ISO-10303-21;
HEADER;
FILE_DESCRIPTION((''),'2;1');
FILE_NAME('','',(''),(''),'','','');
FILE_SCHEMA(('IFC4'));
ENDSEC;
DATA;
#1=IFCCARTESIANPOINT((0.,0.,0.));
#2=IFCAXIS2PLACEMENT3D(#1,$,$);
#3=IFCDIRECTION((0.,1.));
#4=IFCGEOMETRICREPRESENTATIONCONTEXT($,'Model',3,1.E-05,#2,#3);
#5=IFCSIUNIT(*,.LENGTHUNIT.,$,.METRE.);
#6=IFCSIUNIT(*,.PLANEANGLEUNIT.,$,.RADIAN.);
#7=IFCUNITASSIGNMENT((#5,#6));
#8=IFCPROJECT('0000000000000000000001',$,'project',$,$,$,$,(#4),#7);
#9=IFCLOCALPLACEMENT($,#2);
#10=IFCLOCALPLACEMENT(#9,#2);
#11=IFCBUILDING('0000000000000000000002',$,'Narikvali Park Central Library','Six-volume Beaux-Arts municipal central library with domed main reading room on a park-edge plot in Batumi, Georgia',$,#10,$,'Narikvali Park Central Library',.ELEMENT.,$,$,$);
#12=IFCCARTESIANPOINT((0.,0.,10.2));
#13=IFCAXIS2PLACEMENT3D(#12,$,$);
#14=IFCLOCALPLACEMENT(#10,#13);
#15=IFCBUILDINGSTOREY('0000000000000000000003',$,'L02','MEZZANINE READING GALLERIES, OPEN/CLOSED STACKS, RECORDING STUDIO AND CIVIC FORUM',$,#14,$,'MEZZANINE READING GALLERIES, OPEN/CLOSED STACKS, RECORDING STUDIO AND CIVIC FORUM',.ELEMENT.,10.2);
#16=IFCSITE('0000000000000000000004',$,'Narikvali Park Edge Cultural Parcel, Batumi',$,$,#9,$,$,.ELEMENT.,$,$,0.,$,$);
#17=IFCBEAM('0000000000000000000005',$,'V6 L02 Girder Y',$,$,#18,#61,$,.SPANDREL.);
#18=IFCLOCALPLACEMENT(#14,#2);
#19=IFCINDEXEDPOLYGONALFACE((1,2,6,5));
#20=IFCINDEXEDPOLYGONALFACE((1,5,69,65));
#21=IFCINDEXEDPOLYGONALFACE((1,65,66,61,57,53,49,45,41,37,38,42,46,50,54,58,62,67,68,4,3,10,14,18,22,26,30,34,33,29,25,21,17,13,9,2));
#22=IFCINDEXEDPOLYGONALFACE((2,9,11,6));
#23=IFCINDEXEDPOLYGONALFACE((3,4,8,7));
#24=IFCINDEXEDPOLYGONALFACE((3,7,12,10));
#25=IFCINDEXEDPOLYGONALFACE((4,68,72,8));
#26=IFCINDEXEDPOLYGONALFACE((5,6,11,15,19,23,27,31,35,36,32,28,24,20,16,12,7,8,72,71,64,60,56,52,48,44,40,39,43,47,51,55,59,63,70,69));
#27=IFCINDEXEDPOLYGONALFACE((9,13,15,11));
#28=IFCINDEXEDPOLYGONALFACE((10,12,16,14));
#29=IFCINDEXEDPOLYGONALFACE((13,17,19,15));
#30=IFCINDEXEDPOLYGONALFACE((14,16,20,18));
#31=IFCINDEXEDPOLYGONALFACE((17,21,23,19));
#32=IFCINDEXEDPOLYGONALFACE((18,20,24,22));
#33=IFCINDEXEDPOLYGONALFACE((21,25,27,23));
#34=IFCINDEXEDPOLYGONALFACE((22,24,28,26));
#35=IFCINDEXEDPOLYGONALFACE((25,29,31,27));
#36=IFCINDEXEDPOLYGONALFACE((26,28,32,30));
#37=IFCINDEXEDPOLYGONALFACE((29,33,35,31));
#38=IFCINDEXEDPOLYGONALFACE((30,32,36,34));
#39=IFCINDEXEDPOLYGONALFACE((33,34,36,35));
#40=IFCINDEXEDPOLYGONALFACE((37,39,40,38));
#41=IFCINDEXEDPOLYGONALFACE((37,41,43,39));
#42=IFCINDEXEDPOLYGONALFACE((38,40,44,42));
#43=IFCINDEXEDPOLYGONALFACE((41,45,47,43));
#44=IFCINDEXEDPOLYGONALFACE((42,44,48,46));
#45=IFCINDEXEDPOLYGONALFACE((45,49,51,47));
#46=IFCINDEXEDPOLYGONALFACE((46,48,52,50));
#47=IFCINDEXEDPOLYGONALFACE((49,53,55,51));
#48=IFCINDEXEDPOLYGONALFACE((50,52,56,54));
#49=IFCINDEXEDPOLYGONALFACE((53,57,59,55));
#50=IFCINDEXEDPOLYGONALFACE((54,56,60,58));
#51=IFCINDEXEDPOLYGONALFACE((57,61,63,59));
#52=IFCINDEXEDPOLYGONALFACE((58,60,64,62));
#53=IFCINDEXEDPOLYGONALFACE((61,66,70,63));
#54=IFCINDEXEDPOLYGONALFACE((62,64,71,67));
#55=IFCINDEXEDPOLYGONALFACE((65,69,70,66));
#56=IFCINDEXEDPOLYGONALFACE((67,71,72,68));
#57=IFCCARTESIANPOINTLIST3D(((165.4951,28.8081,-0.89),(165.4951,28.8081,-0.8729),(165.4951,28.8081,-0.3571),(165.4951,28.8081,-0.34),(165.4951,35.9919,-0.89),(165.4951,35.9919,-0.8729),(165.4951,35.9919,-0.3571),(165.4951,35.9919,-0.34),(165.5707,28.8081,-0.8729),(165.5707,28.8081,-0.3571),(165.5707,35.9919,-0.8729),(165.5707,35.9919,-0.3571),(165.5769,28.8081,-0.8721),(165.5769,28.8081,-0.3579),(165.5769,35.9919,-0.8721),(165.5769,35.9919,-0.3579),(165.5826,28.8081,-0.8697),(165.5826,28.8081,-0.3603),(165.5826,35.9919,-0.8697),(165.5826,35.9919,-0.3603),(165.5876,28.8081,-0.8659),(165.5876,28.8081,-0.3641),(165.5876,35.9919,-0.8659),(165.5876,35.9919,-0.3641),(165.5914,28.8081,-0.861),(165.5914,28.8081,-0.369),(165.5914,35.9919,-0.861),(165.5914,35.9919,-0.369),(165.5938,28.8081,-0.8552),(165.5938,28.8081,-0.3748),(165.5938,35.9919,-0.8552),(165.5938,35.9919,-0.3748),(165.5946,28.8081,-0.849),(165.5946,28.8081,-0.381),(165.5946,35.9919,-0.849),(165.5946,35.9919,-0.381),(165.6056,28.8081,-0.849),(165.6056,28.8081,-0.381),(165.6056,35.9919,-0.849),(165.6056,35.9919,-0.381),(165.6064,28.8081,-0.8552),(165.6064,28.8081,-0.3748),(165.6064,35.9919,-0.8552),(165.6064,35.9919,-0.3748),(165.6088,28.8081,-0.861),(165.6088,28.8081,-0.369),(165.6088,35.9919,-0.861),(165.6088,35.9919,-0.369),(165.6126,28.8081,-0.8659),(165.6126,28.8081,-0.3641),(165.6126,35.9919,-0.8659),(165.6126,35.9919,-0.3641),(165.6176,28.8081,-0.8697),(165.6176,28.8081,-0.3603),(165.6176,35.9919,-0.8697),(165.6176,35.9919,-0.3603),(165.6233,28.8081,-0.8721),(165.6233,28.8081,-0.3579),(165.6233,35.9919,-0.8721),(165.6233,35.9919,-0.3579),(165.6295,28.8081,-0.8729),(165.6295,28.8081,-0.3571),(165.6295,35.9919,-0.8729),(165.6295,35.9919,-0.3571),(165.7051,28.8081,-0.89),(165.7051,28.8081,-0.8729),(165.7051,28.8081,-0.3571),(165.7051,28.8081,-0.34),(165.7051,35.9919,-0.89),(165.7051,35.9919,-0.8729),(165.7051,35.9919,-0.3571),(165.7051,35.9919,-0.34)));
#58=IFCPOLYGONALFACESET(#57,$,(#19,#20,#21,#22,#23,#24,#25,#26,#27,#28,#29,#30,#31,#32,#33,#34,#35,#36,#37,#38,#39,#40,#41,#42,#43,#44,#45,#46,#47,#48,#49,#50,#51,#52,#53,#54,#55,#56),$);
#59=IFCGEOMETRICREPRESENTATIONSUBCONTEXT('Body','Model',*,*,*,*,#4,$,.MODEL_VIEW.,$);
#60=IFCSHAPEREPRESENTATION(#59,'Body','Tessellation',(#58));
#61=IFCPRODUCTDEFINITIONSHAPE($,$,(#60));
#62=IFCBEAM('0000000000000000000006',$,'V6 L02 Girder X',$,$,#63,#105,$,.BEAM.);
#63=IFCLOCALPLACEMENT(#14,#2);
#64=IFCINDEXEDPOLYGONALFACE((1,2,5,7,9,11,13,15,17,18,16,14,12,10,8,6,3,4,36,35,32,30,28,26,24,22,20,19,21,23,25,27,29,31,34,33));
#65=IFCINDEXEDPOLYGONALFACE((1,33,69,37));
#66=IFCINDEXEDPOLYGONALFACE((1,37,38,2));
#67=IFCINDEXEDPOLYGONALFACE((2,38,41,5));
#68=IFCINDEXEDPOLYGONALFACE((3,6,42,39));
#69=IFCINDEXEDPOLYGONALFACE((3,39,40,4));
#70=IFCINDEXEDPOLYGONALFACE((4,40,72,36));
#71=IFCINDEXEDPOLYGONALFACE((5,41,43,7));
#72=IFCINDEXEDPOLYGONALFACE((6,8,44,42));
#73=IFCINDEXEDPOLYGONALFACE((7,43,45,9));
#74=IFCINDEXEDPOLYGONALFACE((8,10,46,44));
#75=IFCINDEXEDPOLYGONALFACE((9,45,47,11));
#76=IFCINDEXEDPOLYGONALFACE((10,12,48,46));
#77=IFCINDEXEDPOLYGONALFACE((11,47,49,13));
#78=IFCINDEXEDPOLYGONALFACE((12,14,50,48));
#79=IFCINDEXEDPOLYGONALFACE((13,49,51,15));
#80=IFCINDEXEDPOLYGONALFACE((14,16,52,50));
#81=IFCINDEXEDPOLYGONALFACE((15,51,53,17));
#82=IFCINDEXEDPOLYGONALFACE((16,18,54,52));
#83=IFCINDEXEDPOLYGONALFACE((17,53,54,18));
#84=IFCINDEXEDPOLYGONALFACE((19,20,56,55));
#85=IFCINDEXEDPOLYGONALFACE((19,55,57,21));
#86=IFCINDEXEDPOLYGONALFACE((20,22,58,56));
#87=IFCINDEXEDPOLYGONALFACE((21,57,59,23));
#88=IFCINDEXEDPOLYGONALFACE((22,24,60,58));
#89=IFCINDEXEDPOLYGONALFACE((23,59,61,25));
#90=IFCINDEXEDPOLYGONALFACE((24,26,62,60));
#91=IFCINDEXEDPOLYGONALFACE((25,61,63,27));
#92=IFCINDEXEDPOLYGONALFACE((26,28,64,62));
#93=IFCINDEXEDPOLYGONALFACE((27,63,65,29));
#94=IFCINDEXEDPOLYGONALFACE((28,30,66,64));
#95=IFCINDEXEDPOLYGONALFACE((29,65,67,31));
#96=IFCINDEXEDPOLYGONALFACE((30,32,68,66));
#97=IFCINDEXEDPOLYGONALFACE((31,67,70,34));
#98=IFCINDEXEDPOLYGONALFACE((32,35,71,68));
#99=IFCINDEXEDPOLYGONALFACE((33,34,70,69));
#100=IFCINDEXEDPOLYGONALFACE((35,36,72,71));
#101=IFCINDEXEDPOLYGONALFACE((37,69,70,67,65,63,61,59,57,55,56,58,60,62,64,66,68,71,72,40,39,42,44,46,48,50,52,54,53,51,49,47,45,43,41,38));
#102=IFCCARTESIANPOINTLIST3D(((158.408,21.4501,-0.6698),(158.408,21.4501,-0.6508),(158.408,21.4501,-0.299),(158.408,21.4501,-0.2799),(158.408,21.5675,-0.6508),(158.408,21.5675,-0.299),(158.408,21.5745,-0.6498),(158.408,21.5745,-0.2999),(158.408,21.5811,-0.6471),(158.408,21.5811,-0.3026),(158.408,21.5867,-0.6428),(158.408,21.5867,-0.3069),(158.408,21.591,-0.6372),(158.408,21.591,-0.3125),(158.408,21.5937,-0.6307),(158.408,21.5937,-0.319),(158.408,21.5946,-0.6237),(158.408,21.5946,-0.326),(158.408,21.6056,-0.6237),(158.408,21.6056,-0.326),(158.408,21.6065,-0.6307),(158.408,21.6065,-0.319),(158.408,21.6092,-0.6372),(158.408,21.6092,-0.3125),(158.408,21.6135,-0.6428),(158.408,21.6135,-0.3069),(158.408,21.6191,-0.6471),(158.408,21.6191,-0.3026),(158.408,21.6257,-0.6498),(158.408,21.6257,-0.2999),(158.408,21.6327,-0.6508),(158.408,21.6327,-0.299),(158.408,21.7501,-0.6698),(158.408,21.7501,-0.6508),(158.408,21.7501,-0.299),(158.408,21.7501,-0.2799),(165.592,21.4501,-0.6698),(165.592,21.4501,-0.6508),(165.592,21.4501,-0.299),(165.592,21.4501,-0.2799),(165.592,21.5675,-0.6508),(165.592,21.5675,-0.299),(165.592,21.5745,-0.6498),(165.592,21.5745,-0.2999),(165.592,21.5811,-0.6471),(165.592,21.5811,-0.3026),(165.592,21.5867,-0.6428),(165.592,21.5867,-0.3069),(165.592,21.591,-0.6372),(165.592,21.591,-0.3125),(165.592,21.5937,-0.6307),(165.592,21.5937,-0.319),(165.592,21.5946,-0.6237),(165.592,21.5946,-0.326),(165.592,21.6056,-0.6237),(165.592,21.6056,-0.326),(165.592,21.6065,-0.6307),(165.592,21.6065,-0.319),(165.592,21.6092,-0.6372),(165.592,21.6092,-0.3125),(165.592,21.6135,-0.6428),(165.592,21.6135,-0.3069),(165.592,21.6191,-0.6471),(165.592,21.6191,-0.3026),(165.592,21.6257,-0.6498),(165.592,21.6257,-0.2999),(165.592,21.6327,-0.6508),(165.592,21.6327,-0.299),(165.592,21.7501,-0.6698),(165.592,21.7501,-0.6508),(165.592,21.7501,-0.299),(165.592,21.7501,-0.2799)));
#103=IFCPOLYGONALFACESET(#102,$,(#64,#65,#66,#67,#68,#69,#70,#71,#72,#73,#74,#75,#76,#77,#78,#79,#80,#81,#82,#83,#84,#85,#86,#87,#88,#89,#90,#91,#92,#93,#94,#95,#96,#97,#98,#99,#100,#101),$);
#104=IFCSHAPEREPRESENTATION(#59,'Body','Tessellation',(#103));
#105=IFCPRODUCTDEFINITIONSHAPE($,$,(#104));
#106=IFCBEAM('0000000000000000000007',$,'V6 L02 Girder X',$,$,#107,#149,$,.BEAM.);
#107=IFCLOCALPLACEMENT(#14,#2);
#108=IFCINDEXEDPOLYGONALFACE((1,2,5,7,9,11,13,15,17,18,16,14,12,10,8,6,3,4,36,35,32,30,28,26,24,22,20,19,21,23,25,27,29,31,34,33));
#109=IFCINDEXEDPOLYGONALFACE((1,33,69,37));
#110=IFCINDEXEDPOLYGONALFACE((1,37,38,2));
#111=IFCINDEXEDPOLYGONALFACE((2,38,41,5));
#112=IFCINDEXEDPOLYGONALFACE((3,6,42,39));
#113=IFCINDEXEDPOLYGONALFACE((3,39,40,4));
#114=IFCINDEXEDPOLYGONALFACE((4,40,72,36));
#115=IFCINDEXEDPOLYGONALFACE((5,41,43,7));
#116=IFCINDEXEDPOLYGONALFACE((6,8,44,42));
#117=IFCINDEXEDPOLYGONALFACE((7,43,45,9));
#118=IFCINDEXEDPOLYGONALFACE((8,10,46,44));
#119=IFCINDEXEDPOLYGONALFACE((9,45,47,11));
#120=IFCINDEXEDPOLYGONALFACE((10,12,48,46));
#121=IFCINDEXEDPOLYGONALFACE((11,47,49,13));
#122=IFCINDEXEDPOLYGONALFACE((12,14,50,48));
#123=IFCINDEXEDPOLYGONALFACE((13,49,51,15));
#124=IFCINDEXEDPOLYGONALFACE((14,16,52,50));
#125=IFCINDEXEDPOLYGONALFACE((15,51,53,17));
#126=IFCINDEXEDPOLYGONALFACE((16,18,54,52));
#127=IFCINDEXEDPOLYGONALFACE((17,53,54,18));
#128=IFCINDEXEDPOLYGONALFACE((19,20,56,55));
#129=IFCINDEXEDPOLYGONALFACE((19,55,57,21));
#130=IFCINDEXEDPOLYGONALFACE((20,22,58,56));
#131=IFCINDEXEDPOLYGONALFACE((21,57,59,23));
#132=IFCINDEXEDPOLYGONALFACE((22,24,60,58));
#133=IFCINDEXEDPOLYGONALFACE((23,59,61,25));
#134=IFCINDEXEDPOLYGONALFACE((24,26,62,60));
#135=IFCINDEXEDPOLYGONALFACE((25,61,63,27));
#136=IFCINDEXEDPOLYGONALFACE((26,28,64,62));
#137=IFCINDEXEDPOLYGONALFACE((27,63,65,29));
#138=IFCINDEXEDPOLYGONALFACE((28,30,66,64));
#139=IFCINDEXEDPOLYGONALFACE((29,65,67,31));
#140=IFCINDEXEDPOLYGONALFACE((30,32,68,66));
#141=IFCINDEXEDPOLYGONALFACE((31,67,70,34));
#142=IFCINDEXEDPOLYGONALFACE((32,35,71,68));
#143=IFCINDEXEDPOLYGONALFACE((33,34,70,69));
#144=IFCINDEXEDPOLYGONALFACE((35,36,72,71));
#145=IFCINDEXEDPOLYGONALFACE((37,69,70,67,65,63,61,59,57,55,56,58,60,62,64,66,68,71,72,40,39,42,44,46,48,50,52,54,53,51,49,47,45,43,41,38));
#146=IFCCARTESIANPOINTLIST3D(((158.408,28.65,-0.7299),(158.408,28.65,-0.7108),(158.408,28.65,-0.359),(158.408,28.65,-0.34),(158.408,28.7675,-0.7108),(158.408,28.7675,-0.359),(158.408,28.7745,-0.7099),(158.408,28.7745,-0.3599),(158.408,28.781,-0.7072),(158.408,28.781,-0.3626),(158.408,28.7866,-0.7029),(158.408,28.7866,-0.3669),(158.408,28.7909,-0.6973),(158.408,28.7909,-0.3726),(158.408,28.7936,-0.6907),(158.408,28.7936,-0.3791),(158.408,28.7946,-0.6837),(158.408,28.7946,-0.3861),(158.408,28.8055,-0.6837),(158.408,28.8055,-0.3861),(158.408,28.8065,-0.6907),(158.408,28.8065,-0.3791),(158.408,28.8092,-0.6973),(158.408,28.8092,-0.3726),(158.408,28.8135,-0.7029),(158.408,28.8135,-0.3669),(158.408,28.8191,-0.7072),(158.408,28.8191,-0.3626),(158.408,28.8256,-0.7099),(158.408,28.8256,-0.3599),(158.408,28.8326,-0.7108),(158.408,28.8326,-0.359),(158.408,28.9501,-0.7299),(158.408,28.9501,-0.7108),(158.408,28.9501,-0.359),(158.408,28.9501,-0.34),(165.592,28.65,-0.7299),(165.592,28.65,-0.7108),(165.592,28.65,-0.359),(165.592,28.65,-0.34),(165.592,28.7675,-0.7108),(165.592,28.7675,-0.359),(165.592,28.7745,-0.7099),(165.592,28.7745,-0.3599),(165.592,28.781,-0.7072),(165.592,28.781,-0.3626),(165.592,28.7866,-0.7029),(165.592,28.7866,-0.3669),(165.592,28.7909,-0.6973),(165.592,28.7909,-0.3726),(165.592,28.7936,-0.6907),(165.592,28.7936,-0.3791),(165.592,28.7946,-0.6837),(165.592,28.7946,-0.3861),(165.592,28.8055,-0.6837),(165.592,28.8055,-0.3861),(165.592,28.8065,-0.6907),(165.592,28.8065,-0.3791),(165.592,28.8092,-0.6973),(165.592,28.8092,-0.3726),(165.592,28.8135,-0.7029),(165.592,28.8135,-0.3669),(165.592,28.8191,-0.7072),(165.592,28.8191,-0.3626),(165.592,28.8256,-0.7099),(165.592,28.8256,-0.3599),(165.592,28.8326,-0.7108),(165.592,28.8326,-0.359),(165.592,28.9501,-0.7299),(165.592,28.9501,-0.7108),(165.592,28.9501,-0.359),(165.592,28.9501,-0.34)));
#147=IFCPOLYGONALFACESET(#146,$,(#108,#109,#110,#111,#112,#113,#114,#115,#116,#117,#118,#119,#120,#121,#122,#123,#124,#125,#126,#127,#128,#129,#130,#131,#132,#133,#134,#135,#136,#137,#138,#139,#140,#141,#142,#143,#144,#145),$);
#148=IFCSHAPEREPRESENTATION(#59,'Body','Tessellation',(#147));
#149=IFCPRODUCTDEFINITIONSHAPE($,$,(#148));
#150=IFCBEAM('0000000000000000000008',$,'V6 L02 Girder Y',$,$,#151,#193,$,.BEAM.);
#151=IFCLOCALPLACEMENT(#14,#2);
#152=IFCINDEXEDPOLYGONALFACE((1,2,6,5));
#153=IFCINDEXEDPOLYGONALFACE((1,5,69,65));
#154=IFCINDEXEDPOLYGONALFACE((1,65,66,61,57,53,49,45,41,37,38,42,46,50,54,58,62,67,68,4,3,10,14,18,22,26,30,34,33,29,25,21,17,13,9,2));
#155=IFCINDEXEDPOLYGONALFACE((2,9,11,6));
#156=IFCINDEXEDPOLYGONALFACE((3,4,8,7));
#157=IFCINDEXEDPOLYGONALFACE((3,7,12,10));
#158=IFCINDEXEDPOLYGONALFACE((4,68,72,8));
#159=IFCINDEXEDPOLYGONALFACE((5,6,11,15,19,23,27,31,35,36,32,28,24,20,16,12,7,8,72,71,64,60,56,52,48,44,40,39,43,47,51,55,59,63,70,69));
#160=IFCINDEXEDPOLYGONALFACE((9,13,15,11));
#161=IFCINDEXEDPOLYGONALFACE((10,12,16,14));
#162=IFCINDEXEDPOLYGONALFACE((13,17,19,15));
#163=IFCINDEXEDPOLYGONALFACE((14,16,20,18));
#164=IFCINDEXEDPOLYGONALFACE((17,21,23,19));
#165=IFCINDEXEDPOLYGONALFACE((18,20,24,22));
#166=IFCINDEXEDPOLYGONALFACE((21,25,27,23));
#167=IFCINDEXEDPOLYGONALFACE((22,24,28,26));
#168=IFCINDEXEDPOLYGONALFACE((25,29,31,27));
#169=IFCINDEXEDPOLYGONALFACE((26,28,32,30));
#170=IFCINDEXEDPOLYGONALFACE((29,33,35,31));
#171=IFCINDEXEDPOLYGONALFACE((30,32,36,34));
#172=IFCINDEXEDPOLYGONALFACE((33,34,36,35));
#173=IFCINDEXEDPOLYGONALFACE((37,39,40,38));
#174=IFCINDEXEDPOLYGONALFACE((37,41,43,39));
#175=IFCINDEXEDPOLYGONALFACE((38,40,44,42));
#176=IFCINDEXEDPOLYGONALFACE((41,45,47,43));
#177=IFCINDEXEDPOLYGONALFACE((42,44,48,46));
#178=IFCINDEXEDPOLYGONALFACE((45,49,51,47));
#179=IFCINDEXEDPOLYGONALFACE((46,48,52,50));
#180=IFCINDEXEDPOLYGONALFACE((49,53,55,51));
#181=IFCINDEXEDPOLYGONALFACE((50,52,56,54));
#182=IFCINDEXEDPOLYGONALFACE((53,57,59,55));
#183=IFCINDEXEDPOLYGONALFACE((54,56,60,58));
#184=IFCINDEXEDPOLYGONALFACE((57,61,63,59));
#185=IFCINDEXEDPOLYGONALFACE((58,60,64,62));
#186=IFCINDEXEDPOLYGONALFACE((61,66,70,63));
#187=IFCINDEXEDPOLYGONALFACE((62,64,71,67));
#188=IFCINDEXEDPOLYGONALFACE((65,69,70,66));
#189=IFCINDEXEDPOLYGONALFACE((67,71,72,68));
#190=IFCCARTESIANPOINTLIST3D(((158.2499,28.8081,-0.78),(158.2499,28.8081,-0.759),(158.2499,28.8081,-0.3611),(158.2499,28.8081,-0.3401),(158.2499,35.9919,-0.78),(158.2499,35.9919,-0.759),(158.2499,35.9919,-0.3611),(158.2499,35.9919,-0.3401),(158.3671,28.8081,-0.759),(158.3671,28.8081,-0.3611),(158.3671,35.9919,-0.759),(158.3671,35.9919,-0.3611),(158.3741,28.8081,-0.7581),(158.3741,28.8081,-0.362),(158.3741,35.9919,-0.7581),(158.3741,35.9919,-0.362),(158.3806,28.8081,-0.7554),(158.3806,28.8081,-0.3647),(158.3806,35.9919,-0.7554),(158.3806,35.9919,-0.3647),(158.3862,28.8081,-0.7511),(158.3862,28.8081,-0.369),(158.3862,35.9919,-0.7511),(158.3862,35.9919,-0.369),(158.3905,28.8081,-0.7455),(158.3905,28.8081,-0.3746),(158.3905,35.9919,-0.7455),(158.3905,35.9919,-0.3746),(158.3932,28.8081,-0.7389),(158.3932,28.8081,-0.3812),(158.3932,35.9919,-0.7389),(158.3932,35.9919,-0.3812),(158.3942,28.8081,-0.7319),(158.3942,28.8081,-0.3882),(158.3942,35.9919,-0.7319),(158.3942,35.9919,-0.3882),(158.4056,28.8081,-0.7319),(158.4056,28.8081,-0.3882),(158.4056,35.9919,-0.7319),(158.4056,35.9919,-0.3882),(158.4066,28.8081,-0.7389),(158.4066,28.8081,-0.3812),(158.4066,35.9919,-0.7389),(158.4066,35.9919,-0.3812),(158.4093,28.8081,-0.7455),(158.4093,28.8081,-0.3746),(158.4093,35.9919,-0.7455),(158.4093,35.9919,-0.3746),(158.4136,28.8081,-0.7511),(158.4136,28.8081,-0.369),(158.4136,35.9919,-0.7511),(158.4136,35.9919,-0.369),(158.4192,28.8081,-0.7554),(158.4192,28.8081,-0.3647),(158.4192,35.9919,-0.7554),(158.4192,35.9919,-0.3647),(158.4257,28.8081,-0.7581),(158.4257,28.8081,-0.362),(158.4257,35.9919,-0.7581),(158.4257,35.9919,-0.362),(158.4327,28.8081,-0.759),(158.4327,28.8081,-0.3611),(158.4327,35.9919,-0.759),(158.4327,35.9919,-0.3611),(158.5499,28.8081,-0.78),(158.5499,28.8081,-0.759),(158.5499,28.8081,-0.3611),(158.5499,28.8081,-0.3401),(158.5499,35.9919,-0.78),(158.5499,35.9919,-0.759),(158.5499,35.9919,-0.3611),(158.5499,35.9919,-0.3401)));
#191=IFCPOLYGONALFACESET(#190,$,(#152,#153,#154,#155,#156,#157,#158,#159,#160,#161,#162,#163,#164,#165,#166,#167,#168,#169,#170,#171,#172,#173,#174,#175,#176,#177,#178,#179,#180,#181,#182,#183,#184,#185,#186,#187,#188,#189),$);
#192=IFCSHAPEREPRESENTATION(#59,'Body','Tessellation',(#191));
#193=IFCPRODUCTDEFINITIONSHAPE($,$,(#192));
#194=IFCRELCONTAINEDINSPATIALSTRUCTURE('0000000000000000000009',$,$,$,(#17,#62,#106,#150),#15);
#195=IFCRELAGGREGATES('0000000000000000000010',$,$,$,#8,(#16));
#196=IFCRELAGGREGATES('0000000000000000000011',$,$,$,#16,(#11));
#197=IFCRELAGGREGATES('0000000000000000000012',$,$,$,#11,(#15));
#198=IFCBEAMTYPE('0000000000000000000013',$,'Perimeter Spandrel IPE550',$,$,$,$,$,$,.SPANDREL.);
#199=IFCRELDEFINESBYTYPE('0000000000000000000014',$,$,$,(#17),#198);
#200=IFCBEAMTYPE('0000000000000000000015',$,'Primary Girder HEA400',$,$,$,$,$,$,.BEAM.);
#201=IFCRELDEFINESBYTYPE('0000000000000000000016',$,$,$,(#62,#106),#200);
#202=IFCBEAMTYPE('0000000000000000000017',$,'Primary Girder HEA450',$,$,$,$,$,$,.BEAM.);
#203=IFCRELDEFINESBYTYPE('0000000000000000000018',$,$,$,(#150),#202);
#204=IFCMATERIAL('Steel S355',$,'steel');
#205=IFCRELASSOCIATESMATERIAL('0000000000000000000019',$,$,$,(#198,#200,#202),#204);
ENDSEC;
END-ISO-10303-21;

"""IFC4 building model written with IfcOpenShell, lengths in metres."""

from ifc_helpers import new_model, si_unit, direction, frame, origin, origin_2d, place, context, subcontext, project, spatial, i_section, extrude, material, material_profile, profile_set, type_object, element, save


model = new_model("IFC4")

# Units and contexts
model_context = context("Model", 3, precision=1e-05, world=origin(), true_north=direction((0.0, 1.0)))
body_context = subcontext(model_context, "Body", "Model", "MODEL_VIEW")
ifc_project = project(units=[si_unit("LENGTHUNIT", "METRE"), si_unit("PLANEANGLEUNIT", "RADIAN")], contexts=[model_context])

# Site, building, storey
site_placement = place(None, origin())
site = spatial("IfcSite", under=ifc_project, at=site_placement, Name="Narikvali Park Edge Cultural Parcel, Batumi", CompositionType="ELEMENT", RefElevation=0.0)
building_placement = place(site_placement, origin())
building = spatial("IfcBuilding", under=site, at=building_placement, Name="Narikvali Park Central Library", Description="Six-volume Beaux-Arts municipal central library with domed main reading room on a park-edge plot in Batumi, Georgia", LongName="Narikvali Park Central Library", CompositionType="ELEMENT")
storey_placement = place(building_placement, frame((0.0, 0.0, 10.2)))
storey = spatial("IfcBuildingStorey", under=building, at=storey_placement, Name="L02", Description="MEZZANINE READING GALLERIES, OPEN/CLOSED STACKS, RECORDING STUDIO AND CIVIC FORUM", LongName="MEZZANINE READING GALLERIES, OPEN/CLOSED STACKS, RECORDING STUDIO AND CIVIC FORUM", CompositionType="ELEMENT", Elevation=10.2)

# Shared definitions
ifc_material_1 = material(Name="Steel S355", Category="steel")

# Beams
ifc_material_profile_1 = material_profile(ifc_material_1, i_section(OverallWidth=0.21, OverallDepth=0.55, WebThickness=0.011, FlangeThickness=0.0171, FilletRadius=0.0239, at=origin_2d()), Name="IPE 550")
ifc_profile_set_1 = profile_set([ifc_material_profile_1], Name="Steel S355")
beam_type_1 = type_object("IfcBeamType", Name="Perimeter Spandrel IPE550", PredefinedType="SPANDREL", material=ifc_profile_set_1)
beam_1_placement = place(storey_placement, frame((165.6001, 28.8081, -0.615), z_axis=(0.0, 1.0, 0.0), x_axis=(-1.0, 0.0, 0.0)))
element("IfcBeam", 1, at=beam_1_placement, inside=storey, type_object=beam_type_1, Name="V6 L02 Girder Y", PredefinedType="SPANDREL", context=body_context, shape_type="SweptSolid", body=[
    extrude(i_section(OverallWidth=0.21, OverallDepth=0.55, WebThickness=0.011, FlangeThickness=0.0171, FilletRadius=0.0239, at=origin_2d()), origin(), (0.0, 0.0, 1.0), 7.1838),
])
ifc_material_profile_2 = material_profile(ifc_material_1, i_section(OverallWidth=0.3, OverallDepth=0.3899, WebThickness=0.011, FlangeThickness=0.019, FilletRadius=0.0271, at=origin_2d()), Name="HEA 400")
ifc_profile_set_2 = profile_set([ifc_material_profile_2], Name="Steel S355")
beam_type_2 = type_object("IfcBeamType", Name="Primary Girder HEA400", PredefinedType="BEAM", material=ifc_profile_set_2)
for number, where, z_axis, x_axis, name in (
    (2, (158.408, 21.6001, -0.4749), (1.0, 0.0, 0.0), (0.0, 1.0, 0.0), "V6 L02 Girder X"),
    (3, (158.408, 28.8, -0.5349), (1.0, 0.0, 0.0), (0.0, 1.0, 0.0), "V6 L02 Girder X"),
):
    element("IfcBeam", number, at=place(storey_placement, frame(where, z_axis=z_axis, x_axis=x_axis)), inside=storey, type_object=beam_type_2, Name=name, PredefinedType="BEAM", context=body_context, shape_type="SweptSolid", body=[
        extrude(i_section(OverallWidth=0.3, OverallDepth=0.3899, WebThickness=0.011, FlangeThickness=0.019, FilletRadius=0.0271, at=origin_2d()), origin(), (0.0, 0.0, 1.0), 7.1841),
    ])
ifc_material_profile_3 = material_profile(ifc_material_1, i_section(OverallWidth=0.3, OverallDepth=0.4399, WebThickness=0.0115, FlangeThickness=0.021, FilletRadius=0.0271, at=origin_2d()), Name="HEA 450")
ifc_profile_set_3 = profile_set([ifc_material_profile_3], Name="Steel S355")
beam_type_3 = type_object("IfcBeamType", Name="Primary Girder HEA450", PredefinedType="BEAM", material=ifc_profile_set_3)
beam_2_placement = place(storey_placement, frame((158.3999, 28.8081, -0.5601), z_axis=(0.0, 1.0, 0.0), x_axis=(-1.0, 0.0, 0.0)))
element("IfcBeam", 4, at=beam_2_placement, inside=storey, type_object=beam_type_3, Name="V6 L02 Girder Y", PredefinedType="BEAM", context=body_context, shape_type="SweptSolid", body=[
    extrude(i_section(OverallWidth=0.3, OverallDepth=0.4399, WebThickness=0.0115, FlangeThickness=0.021, FilletRadius=0.0271, at=origin_2d()), origin(), (0.0, 0.0, 1.0), 7.1838),
])

save(model, "model.ifc")
